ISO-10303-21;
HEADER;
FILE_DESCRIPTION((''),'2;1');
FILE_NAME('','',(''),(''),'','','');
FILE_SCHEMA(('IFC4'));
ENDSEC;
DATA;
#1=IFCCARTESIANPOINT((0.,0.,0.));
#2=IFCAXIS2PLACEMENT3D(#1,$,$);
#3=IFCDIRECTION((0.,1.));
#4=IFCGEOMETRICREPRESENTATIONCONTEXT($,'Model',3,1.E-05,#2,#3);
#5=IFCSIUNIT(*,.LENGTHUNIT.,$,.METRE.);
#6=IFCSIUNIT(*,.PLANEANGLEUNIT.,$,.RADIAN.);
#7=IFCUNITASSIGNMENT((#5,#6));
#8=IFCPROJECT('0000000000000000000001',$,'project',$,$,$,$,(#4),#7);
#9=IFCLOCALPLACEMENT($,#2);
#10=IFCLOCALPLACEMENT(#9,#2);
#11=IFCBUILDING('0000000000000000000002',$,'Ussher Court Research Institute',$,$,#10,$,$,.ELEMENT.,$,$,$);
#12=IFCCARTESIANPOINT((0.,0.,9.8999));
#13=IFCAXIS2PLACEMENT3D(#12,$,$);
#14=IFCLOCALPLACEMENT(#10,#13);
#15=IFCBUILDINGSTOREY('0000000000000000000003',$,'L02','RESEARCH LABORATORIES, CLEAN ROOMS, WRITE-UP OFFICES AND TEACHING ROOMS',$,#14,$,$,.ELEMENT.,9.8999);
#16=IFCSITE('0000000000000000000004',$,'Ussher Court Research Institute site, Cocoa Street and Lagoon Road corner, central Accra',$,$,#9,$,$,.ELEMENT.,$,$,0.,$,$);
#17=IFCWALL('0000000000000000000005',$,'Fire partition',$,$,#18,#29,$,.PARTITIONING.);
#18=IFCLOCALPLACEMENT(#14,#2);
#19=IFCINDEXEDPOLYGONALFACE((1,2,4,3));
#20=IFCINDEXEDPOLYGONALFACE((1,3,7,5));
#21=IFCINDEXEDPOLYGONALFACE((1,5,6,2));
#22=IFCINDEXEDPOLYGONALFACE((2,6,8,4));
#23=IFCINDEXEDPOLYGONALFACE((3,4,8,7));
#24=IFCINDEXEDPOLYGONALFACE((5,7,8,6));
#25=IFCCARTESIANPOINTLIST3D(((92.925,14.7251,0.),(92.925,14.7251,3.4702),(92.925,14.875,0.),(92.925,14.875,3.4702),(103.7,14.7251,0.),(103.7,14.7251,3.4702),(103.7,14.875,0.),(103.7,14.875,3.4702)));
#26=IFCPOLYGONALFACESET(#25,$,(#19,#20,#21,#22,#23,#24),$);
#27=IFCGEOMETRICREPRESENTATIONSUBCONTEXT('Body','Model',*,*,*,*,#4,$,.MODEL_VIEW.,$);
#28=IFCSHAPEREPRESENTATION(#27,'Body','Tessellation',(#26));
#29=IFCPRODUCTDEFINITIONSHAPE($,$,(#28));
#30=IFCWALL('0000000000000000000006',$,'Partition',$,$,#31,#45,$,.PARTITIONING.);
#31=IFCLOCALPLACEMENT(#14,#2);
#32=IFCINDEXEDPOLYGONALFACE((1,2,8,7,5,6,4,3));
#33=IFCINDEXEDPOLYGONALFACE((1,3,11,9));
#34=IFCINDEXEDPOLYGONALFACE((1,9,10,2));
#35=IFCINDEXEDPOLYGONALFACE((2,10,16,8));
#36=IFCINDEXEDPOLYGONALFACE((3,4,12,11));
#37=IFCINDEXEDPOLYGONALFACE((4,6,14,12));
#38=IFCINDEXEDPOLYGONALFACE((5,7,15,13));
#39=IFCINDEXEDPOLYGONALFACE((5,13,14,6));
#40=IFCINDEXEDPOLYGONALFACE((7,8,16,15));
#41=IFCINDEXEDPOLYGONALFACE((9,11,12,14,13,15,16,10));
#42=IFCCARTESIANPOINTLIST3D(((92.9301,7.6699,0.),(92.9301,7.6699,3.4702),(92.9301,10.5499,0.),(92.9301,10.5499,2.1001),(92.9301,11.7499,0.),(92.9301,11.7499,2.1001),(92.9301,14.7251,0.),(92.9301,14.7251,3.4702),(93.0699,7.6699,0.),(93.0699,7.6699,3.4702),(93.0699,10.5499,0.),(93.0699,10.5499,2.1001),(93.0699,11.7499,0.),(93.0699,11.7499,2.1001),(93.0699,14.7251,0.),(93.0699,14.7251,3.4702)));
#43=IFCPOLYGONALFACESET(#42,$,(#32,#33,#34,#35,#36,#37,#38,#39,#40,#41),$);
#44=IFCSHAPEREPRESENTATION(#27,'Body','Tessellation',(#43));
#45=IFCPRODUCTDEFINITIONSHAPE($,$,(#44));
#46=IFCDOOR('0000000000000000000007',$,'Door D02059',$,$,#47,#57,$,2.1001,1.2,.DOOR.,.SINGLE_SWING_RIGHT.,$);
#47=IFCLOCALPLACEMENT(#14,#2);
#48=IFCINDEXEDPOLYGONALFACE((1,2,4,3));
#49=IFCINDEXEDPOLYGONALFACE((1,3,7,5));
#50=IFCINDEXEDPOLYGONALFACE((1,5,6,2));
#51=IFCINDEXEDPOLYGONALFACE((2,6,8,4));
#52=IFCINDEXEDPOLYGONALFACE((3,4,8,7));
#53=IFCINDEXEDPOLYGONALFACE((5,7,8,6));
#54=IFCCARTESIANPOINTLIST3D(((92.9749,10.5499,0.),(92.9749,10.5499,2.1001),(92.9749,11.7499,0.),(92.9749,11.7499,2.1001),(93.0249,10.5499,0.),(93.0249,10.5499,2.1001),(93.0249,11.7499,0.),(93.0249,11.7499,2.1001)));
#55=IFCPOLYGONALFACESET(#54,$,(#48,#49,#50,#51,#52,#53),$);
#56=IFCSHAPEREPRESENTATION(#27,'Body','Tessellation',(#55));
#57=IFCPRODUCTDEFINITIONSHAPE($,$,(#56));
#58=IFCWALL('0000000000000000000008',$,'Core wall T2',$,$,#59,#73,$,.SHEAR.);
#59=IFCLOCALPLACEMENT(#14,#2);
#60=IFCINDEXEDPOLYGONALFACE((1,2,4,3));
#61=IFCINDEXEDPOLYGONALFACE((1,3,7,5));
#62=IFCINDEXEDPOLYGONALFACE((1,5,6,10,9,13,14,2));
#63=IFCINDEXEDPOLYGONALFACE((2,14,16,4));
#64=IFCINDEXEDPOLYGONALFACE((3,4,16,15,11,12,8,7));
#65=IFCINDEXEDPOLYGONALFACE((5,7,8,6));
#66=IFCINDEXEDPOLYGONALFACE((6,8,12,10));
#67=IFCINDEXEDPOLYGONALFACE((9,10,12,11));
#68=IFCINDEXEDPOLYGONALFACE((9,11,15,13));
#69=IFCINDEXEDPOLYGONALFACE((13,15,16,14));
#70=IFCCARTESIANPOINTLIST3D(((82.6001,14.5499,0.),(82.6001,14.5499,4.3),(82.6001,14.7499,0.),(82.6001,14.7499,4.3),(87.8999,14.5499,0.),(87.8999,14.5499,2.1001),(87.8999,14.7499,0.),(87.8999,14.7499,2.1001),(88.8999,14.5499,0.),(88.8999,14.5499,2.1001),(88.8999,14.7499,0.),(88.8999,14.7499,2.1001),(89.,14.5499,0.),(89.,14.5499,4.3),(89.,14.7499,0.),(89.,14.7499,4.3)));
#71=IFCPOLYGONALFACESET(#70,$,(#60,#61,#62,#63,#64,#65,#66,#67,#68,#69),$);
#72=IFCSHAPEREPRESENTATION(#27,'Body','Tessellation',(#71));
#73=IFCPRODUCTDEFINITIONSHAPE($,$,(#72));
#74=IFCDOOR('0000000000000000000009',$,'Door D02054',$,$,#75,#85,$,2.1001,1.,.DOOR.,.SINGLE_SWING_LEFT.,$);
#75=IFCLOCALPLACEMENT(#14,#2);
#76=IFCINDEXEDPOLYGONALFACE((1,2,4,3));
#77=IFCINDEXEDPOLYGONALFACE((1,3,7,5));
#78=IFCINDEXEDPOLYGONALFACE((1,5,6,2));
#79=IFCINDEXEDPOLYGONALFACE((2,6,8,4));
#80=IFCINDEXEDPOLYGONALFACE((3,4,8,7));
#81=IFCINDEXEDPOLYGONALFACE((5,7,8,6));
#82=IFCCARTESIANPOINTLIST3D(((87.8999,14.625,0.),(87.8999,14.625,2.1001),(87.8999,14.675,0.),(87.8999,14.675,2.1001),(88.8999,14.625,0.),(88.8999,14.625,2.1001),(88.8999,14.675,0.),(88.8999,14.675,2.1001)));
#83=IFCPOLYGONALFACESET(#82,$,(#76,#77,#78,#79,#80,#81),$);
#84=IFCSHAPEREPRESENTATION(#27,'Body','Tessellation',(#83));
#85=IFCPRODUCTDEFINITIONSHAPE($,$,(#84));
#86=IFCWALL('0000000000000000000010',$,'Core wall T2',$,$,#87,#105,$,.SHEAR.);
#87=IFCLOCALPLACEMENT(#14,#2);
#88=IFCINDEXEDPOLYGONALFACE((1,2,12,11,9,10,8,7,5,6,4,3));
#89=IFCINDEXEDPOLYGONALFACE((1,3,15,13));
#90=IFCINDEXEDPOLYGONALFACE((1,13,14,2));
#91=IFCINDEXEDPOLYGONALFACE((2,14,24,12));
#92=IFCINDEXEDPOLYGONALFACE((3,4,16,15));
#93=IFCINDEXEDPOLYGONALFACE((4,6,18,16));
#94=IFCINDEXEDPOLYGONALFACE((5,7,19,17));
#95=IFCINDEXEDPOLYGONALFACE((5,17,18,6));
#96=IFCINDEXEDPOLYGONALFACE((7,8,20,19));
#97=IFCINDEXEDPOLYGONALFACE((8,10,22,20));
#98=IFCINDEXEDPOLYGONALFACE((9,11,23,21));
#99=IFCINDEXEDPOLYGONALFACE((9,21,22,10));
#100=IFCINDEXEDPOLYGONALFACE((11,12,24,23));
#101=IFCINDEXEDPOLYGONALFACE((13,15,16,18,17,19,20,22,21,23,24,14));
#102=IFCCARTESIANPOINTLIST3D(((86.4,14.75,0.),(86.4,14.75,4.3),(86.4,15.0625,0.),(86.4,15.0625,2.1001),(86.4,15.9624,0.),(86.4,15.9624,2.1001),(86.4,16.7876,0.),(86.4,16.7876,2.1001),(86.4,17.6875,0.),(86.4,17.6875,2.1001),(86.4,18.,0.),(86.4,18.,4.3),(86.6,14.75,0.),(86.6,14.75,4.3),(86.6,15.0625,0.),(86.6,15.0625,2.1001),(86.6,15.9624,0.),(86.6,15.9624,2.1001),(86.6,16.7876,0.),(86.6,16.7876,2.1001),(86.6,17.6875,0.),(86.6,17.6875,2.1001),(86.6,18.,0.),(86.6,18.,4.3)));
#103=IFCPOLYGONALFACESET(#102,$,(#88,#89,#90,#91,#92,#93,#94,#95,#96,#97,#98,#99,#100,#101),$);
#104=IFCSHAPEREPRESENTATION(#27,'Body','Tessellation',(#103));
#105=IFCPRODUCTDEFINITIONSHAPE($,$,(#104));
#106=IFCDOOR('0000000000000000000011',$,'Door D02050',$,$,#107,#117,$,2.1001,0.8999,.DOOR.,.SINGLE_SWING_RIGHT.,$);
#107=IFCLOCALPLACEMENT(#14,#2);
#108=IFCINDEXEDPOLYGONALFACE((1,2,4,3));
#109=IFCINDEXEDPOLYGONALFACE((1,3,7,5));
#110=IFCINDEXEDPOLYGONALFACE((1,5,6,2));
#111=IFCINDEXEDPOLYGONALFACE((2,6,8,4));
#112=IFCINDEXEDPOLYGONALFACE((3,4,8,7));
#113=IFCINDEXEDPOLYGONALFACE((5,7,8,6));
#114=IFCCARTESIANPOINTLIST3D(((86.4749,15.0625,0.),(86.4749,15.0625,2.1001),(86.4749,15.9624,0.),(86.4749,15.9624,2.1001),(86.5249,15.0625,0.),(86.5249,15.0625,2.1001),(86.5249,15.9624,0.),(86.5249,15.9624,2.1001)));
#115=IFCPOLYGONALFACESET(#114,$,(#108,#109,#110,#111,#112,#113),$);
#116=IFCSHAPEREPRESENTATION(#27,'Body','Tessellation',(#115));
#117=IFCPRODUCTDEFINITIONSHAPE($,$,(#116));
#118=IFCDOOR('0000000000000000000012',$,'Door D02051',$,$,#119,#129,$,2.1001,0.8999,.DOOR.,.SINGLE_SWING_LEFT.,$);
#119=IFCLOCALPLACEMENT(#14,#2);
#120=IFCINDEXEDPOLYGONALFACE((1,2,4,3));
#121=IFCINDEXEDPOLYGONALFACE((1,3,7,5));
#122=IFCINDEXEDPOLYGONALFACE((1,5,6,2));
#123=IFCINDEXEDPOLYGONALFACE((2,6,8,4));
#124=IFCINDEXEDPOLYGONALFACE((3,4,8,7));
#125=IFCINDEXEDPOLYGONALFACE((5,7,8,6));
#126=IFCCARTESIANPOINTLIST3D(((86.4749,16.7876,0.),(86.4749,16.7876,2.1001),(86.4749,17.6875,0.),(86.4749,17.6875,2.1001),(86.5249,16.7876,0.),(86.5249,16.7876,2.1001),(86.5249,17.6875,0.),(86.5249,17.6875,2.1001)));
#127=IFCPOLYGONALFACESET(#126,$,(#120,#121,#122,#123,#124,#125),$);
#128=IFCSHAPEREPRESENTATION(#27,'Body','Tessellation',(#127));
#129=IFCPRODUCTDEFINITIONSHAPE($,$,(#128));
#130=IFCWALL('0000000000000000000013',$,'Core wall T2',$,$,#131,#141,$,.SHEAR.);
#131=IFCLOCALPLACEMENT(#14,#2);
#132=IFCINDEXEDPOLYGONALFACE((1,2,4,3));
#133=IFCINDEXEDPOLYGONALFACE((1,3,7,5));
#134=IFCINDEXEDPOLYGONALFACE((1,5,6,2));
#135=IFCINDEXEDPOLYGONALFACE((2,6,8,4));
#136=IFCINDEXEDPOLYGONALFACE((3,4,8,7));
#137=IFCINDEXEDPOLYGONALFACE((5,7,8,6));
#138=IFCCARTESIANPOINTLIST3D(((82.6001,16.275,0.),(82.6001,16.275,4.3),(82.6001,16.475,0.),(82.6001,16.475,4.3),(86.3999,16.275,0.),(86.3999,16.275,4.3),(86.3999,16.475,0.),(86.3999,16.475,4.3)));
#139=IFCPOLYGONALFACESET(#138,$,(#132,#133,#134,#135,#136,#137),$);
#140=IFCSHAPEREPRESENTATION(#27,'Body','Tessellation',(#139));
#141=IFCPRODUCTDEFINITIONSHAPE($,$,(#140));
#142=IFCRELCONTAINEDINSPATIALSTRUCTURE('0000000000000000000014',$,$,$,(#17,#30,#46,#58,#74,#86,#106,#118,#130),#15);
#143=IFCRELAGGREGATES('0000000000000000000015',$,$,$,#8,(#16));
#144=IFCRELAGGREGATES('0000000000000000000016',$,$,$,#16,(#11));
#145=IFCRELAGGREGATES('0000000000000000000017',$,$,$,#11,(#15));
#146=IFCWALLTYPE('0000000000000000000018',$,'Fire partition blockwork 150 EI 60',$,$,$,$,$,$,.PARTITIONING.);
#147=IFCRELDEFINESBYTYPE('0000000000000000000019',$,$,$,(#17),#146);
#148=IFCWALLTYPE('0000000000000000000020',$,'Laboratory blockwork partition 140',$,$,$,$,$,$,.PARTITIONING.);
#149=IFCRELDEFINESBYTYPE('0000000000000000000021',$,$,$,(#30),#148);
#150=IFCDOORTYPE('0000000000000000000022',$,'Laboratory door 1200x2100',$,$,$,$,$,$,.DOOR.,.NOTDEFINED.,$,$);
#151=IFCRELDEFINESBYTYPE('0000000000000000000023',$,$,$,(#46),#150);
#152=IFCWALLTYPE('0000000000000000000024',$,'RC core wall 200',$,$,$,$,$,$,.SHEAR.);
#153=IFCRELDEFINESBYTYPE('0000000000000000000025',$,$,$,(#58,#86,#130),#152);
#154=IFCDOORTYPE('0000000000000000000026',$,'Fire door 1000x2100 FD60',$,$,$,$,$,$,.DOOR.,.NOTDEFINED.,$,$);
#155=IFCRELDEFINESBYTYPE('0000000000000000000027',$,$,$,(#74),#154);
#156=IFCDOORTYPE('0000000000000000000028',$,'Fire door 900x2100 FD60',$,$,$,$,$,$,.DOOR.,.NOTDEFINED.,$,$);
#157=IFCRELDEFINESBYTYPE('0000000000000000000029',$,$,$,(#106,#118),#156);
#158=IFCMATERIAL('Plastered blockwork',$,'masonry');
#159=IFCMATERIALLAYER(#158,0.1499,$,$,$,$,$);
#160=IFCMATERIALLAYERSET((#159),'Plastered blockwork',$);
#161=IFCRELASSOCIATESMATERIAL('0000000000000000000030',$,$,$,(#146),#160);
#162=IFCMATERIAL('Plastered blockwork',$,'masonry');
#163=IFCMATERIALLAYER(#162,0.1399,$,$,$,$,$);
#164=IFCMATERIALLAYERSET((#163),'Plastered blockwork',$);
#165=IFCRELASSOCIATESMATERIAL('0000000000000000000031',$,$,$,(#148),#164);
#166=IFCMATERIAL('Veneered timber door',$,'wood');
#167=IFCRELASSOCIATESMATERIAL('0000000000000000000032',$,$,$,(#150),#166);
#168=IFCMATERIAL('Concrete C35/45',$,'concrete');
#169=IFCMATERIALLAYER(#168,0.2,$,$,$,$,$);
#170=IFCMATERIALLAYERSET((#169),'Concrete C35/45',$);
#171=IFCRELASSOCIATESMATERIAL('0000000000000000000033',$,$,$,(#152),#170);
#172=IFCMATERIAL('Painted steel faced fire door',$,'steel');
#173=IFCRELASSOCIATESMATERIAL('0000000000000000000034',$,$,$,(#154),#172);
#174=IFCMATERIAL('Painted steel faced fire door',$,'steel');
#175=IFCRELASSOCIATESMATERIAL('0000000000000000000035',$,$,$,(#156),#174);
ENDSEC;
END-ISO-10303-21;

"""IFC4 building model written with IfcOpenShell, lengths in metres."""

from ifc_helpers import new_model, si_unit, direction, frame, frame_2d, origin, place, context, subcontext, project, spatial, rectangle, extrude, material, layer, layer_set, type_object, element, fill, save


model = new_model("IFC4")

# Units and contexts
model_context = context("Model", 3, precision=1e-05, world=origin(), true_north=direction((0.0, 1.0)))
body_context = subcontext(model_context, "Body", "Model", "MODEL_VIEW")
ifc_project = project(units=[si_unit("LENGTHUNIT", "METRE"), si_unit("PLANEANGLEUNIT", "RADIAN")], contexts=[model_context])

# Site, building, storey
site_placement = place(None, origin())
site = spatial("IfcSite", under=ifc_project, at=site_placement, Name="Ussher Court Research Institute site, Cocoa Street and Lagoon Road corner, central Accra", CompositionType="ELEMENT", RefElevation=0.0)
building_placement = place(site_placement, origin())
building = spatial("IfcBuilding", under=site, at=building_placement, Name="Ussher Court Research Institute", CompositionType="ELEMENT")
storey_placement = place(building_placement, frame((0.0, 0.0, 9.8999)))
storey = spatial("IfcBuildingStorey", under=building, at=storey_placement, Name="L02", Description="RESEARCH LABORATORIES, CLEAN ROOMS, WRITE-UP OFFICES AND TEACHING ROOMS", CompositionType="ELEMENT", Elevation=9.8999)

# Wall
ifc_material_1 = material(Name="Plastered blockwork", Category="masonry")
ifc_layer_1 = layer(ifc_material_1, 0.1499)
ifc_layer_set_1 = layer_set([ifc_layer_1], Name="Plastered blockwork")
wall_type_1 = type_object("IfcWallType", Name="Fire partition blockwork 150 EI 60", PredefinedType="PARTITIONING", material=ifc_layer_set_1)
wall_1_placement = place(storey_placement, frame((92.925, 14.8, 0.0), z_axis=(0.0, 0.0, 1.0), x_axis=(1.0, 0.0, 0.0)))
element("IfcWall", 1, at=wall_1_placement, inside=storey, type_object=wall_type_1, Name="Fire partition", PredefinedType="PARTITIONING", context=body_context, shape_type="SweptSolid", body=[
    extrude(rectangle(XDim=10.7749, YDim=0.1499, at=frame_2d((5.3875, 0.0))), origin(), (0.0, 0.0, 1.0), 3.4702),
])

# Walls, openings, doors
ifc_material_2 = material(Name="Plastered blockwork", Category="masonry")
ifc_layer_2 = layer(ifc_material_2, 0.1399)
ifc_layer_set_2 = layer_set([ifc_layer_2], Name="Plastered blockwork")
wall_type_2 = type_object("IfcWallType", Name="Laboratory blockwork partition 140", PredefinedType="PARTITIONING", material=ifc_layer_set_2)
wall_2_placement = place(storey_placement, frame((93.0, 14.7251, 0.0), z_axis=(0.0, 0.0, 1.0), x_axis=(0.0, -1.0, 0.0)))
wall_2 = element("IfcWall", 2, at=wall_2_placement, inside=storey, type_object=wall_type_2, Name="Partition", PredefinedType="PARTITIONING", context=body_context, shape_type="SweptSolid", body=[
    extrude(rectangle(XDim=7.0552, YDim=0.1399, at=frame_2d((3.5276, 0.0))), origin(), (0.0, 0.0, 1.0), 3.4702),
])
opening_1_placement = place(wall_2_placement, frame((2.9751, 0.0, 0.0)))
opening_1 = element("IfcOpeningElement", 3, at=opening_1_placement, cuts=wall_2, PredefinedType="OPENING", context=body_context, shape_type="SweptSolid", body=[
    extrude(rectangle(XDim=1.2, YDim=2.1001, at=frame_2d((0.6001, 1.05))), frame((0.0, 0.0801, 0.0), z_axis=(0.0, -1.0, 0.0), x_axis=(1.0, 0.0, 0.0)), (0.0, 0.0, 1.0), 0.1599),
])
ifc_material_3 = material(Name="Veneered timber door", Category="wood")
door_type_1 = type_object("IfcDoorType", Name="Laboratory door 1200x2100", OperationType="NOTDEFINED", PredefinedType="DOOR", material=ifc_material_3)
door_1_placement = place(opening_1_placement, origin())
door_1 = element("IfcDoor", 4, at=door_1_placement, inside=storey, type_object=door_type_1, Name="Door D02059", OperationType="SINGLE_SWING_RIGHT", OverallHeight=2.1001, OverallWidth=1.2, PredefinedType="DOOR", context=body_context, shape_type="SweptSolid", body=[
    extrude(rectangle(XDim=1.2, YDim=2.1001, at=frame_2d((0.6001, 1.05))), frame((0.0, 0.0249, 0.0), z_axis=(0.0, -1.0, 0.0), x_axis=(1.0, 0.0, 0.0)), (0.0, 0.0, 1.0), 0.05),
])
fill(opening_1, door_1)
ifc_material_4 = material(Name="Concrete C35/45", Category="concrete")
ifc_layer_3 = layer(ifc_material_4, 0.2)
ifc_layer_set_3 = layer_set([ifc_layer_3], Name="Concrete C35/45")
wall_type_3 = type_object("IfcWallType", Name="RC core wall 200", PredefinedType="SHEAR", material=ifc_layer_set_3)
wall_3_placement = place(storey_placement, frame((89.0, 14.6499, 0.0), z_axis=(0.0, 0.0, 1.0), x_axis=(-1.0, 0.0, 0.0)))
wall_3 = element("IfcWall", 5, at=wall_3_placement, inside=storey, type_object=wall_type_3, Name="Core wall T2", PredefinedType="SHEAR", context=body_context, shape_type="SweptSolid", body=[
    extrude(rectangle(XDim=6.3999, YDim=0.2, at=frame_2d((3.2, 0.0))), origin(), (0.0, 0.0, 1.0), 4.3),
])
opening_2_placement = place(wall_3_placement, frame((0.1001, 0.0, 0.0)))
opening_2 = element("IfcOpeningElement", 6, at=opening_2_placement, cuts=wall_3, PredefinedType="OPENING", context=body_context, shape_type="SweptSolid", body=[
    extrude(rectangle(XDim=1.0, YDim=2.1001, at=frame_2d((0.5, 1.05))), frame((0.0, 0.1099, 0.0), z_axis=(0.0, -1.0, 0.0), x_axis=(1.0, 0.0, 0.0)), (0.0, 0.0, 1.0), 0.22),
])
ifc_material_5 = material(Name="Painted steel faced fire door", Category="steel")
door_type_2 = type_object("IfcDoorType", Name="Fire door 1000x2100 FD60", OperationType="NOTDEFINED", PredefinedType="DOOR", material=ifc_material_5)
door_2_placement = place(opening_2_placement, origin())
door_2 = element("IfcDoor", 7, at=door_2_placement, inside=storey, type_object=door_type_2, Name="Door D02054", OperationType="SINGLE_SWING_LEFT", OverallHeight=2.1001, OverallWidth=1.0, PredefinedType="DOOR", context=body_context, shape_type="SweptSolid", body=[
    extrude(rectangle(XDim=1.0, YDim=2.1001, at=frame_2d((0.5, 1.05))), frame((0.0, 0.0249, 0.0), z_axis=(0.0, -1.0, 0.0), x_axis=(1.0, 0.0, 0.0)), (0.0, 0.0, 1.0), 0.05),
])
fill(opening_2, door_2)

# Wall, openings, doors
wall_4_placement = place(storey_placement, frame((86.5, 18.0, 0.0), z_axis=(0.0, 0.0, 1.0), x_axis=(0.0, -1.0, 0.0)))
wall_4 = element("IfcWall", 8, at=wall_4_placement, inside=storey, type_object=wall_type_3, Name="Core wall T2", PredefinedType="SHEAR", context=body_context, shape_type="SweptSolid", body=[
    extrude(rectangle(XDim=3.25, YDim=0.2, at=frame_2d((1.625, 0.0))), origin(), (0.0, 0.0, 1.0), 4.3),
])
opening_3_placement = place(wall_4_placement, frame((2.0376, 0.0, 0.0)))
opening_3 = element("IfcOpeningElement", 9, at=opening_3_placement, cuts=wall_4, PredefinedType="OPENING", context=body_context, shape_type="SweptSolid", body=[
    extrude(rectangle(XDim=0.8999, YDim=2.1001, at=frame_2d((0.45, 1.05))), frame((0.0, 0.1099, 0.0), z_axis=(0.0, -1.0, 0.0), x_axis=(1.0, 0.0, 0.0)), (0.0, 0.0, 1.0), 0.22),
])
opening_4_placement = place(wall_4_placement, frame((0.3125, 0.0, 0.0)))
opening_4 = element("IfcOpeningElement", 10, at=opening_4_placement, cuts=wall_4, PredefinedType="OPENING", context=body_context, shape_type="SweptSolid", body=[
    extrude(rectangle(XDim=0.8999, YDim=2.1001, at=frame_2d((0.45, 1.05))), frame((0.0, 0.1099, 0.0), z_axis=(0.0, -1.0, 0.0), x_axis=(1.0, 0.0, 0.0)), (0.0, 0.0, 1.0), 0.22),
])
ifc_material_6 = material(Name="Painted steel faced fire door", Category="steel")
door_type_3 = type_object("IfcDoorType", Name="Fire door 900x2100 FD60", OperationType="NOTDEFINED", PredefinedType="DOOR", material=ifc_material_6)
door_3_placement = place(opening_3_placement, origin())
door_3 = element("IfcDoor", 11, at=door_3_placement, inside=storey, type_object=door_type_3, Name="Door D02050", OperationType="SINGLE_SWING_RIGHT", OverallHeight=2.1001, OverallWidth=0.8999, PredefinedType="DOOR", context=body_context, shape_type="SweptSolid", body=[
    extrude(rectangle(XDim=0.8999, YDim=2.1001, at=frame_2d((0.45, 1.05))), frame((0.0, 0.0249, 0.0), z_axis=(0.0, -1.0, 0.0), x_axis=(1.0, 0.0, 0.0)), (0.0, 0.0, 1.0), 0.05),
])
fill(opening_3, door_3)
door_4_placement = place(opening_4_placement, origin())
door_4 = element("IfcDoor", 12, at=door_4_placement, inside=storey, type_object=door_type_3, Name="Door D02051", OperationType="SINGLE_SWING_LEFT", OverallHeight=2.1001, OverallWidth=0.8999, PredefinedType="DOOR", context=body_context, shape_type="SweptSolid", body=[
    extrude(rectangle(XDim=0.8999, YDim=2.1001, at=frame_2d((0.45, 1.05))), frame((0.0, 0.0249, 0.0), z_axis=(0.0, -1.0, 0.0), x_axis=(1.0, 0.0, 0.0)), (0.0, 0.0, 1.0), 0.05),
])
fill(opening_4, door_4)

# Wall
wall_5_placement = place(storey_placement, frame((82.6001, 16.375, 0.0), z_axis=(0.0, 0.0, 1.0), x_axis=(1.0, 0.0, 0.0)))
element("IfcWall", 13, at=wall_5_placement, inside=storey, type_object=wall_type_3, Name="Core wall T2", PredefinedType="SHEAR", context=body_context, shape_type="SweptSolid", body=[
    extrude(rectangle(XDim=3.7998, YDim=0.2, at=frame_2d((1.8999, 0.0))), origin(), (0.0, 0.0, 1.0), 4.3),
])

save(model, "model.ifc")
